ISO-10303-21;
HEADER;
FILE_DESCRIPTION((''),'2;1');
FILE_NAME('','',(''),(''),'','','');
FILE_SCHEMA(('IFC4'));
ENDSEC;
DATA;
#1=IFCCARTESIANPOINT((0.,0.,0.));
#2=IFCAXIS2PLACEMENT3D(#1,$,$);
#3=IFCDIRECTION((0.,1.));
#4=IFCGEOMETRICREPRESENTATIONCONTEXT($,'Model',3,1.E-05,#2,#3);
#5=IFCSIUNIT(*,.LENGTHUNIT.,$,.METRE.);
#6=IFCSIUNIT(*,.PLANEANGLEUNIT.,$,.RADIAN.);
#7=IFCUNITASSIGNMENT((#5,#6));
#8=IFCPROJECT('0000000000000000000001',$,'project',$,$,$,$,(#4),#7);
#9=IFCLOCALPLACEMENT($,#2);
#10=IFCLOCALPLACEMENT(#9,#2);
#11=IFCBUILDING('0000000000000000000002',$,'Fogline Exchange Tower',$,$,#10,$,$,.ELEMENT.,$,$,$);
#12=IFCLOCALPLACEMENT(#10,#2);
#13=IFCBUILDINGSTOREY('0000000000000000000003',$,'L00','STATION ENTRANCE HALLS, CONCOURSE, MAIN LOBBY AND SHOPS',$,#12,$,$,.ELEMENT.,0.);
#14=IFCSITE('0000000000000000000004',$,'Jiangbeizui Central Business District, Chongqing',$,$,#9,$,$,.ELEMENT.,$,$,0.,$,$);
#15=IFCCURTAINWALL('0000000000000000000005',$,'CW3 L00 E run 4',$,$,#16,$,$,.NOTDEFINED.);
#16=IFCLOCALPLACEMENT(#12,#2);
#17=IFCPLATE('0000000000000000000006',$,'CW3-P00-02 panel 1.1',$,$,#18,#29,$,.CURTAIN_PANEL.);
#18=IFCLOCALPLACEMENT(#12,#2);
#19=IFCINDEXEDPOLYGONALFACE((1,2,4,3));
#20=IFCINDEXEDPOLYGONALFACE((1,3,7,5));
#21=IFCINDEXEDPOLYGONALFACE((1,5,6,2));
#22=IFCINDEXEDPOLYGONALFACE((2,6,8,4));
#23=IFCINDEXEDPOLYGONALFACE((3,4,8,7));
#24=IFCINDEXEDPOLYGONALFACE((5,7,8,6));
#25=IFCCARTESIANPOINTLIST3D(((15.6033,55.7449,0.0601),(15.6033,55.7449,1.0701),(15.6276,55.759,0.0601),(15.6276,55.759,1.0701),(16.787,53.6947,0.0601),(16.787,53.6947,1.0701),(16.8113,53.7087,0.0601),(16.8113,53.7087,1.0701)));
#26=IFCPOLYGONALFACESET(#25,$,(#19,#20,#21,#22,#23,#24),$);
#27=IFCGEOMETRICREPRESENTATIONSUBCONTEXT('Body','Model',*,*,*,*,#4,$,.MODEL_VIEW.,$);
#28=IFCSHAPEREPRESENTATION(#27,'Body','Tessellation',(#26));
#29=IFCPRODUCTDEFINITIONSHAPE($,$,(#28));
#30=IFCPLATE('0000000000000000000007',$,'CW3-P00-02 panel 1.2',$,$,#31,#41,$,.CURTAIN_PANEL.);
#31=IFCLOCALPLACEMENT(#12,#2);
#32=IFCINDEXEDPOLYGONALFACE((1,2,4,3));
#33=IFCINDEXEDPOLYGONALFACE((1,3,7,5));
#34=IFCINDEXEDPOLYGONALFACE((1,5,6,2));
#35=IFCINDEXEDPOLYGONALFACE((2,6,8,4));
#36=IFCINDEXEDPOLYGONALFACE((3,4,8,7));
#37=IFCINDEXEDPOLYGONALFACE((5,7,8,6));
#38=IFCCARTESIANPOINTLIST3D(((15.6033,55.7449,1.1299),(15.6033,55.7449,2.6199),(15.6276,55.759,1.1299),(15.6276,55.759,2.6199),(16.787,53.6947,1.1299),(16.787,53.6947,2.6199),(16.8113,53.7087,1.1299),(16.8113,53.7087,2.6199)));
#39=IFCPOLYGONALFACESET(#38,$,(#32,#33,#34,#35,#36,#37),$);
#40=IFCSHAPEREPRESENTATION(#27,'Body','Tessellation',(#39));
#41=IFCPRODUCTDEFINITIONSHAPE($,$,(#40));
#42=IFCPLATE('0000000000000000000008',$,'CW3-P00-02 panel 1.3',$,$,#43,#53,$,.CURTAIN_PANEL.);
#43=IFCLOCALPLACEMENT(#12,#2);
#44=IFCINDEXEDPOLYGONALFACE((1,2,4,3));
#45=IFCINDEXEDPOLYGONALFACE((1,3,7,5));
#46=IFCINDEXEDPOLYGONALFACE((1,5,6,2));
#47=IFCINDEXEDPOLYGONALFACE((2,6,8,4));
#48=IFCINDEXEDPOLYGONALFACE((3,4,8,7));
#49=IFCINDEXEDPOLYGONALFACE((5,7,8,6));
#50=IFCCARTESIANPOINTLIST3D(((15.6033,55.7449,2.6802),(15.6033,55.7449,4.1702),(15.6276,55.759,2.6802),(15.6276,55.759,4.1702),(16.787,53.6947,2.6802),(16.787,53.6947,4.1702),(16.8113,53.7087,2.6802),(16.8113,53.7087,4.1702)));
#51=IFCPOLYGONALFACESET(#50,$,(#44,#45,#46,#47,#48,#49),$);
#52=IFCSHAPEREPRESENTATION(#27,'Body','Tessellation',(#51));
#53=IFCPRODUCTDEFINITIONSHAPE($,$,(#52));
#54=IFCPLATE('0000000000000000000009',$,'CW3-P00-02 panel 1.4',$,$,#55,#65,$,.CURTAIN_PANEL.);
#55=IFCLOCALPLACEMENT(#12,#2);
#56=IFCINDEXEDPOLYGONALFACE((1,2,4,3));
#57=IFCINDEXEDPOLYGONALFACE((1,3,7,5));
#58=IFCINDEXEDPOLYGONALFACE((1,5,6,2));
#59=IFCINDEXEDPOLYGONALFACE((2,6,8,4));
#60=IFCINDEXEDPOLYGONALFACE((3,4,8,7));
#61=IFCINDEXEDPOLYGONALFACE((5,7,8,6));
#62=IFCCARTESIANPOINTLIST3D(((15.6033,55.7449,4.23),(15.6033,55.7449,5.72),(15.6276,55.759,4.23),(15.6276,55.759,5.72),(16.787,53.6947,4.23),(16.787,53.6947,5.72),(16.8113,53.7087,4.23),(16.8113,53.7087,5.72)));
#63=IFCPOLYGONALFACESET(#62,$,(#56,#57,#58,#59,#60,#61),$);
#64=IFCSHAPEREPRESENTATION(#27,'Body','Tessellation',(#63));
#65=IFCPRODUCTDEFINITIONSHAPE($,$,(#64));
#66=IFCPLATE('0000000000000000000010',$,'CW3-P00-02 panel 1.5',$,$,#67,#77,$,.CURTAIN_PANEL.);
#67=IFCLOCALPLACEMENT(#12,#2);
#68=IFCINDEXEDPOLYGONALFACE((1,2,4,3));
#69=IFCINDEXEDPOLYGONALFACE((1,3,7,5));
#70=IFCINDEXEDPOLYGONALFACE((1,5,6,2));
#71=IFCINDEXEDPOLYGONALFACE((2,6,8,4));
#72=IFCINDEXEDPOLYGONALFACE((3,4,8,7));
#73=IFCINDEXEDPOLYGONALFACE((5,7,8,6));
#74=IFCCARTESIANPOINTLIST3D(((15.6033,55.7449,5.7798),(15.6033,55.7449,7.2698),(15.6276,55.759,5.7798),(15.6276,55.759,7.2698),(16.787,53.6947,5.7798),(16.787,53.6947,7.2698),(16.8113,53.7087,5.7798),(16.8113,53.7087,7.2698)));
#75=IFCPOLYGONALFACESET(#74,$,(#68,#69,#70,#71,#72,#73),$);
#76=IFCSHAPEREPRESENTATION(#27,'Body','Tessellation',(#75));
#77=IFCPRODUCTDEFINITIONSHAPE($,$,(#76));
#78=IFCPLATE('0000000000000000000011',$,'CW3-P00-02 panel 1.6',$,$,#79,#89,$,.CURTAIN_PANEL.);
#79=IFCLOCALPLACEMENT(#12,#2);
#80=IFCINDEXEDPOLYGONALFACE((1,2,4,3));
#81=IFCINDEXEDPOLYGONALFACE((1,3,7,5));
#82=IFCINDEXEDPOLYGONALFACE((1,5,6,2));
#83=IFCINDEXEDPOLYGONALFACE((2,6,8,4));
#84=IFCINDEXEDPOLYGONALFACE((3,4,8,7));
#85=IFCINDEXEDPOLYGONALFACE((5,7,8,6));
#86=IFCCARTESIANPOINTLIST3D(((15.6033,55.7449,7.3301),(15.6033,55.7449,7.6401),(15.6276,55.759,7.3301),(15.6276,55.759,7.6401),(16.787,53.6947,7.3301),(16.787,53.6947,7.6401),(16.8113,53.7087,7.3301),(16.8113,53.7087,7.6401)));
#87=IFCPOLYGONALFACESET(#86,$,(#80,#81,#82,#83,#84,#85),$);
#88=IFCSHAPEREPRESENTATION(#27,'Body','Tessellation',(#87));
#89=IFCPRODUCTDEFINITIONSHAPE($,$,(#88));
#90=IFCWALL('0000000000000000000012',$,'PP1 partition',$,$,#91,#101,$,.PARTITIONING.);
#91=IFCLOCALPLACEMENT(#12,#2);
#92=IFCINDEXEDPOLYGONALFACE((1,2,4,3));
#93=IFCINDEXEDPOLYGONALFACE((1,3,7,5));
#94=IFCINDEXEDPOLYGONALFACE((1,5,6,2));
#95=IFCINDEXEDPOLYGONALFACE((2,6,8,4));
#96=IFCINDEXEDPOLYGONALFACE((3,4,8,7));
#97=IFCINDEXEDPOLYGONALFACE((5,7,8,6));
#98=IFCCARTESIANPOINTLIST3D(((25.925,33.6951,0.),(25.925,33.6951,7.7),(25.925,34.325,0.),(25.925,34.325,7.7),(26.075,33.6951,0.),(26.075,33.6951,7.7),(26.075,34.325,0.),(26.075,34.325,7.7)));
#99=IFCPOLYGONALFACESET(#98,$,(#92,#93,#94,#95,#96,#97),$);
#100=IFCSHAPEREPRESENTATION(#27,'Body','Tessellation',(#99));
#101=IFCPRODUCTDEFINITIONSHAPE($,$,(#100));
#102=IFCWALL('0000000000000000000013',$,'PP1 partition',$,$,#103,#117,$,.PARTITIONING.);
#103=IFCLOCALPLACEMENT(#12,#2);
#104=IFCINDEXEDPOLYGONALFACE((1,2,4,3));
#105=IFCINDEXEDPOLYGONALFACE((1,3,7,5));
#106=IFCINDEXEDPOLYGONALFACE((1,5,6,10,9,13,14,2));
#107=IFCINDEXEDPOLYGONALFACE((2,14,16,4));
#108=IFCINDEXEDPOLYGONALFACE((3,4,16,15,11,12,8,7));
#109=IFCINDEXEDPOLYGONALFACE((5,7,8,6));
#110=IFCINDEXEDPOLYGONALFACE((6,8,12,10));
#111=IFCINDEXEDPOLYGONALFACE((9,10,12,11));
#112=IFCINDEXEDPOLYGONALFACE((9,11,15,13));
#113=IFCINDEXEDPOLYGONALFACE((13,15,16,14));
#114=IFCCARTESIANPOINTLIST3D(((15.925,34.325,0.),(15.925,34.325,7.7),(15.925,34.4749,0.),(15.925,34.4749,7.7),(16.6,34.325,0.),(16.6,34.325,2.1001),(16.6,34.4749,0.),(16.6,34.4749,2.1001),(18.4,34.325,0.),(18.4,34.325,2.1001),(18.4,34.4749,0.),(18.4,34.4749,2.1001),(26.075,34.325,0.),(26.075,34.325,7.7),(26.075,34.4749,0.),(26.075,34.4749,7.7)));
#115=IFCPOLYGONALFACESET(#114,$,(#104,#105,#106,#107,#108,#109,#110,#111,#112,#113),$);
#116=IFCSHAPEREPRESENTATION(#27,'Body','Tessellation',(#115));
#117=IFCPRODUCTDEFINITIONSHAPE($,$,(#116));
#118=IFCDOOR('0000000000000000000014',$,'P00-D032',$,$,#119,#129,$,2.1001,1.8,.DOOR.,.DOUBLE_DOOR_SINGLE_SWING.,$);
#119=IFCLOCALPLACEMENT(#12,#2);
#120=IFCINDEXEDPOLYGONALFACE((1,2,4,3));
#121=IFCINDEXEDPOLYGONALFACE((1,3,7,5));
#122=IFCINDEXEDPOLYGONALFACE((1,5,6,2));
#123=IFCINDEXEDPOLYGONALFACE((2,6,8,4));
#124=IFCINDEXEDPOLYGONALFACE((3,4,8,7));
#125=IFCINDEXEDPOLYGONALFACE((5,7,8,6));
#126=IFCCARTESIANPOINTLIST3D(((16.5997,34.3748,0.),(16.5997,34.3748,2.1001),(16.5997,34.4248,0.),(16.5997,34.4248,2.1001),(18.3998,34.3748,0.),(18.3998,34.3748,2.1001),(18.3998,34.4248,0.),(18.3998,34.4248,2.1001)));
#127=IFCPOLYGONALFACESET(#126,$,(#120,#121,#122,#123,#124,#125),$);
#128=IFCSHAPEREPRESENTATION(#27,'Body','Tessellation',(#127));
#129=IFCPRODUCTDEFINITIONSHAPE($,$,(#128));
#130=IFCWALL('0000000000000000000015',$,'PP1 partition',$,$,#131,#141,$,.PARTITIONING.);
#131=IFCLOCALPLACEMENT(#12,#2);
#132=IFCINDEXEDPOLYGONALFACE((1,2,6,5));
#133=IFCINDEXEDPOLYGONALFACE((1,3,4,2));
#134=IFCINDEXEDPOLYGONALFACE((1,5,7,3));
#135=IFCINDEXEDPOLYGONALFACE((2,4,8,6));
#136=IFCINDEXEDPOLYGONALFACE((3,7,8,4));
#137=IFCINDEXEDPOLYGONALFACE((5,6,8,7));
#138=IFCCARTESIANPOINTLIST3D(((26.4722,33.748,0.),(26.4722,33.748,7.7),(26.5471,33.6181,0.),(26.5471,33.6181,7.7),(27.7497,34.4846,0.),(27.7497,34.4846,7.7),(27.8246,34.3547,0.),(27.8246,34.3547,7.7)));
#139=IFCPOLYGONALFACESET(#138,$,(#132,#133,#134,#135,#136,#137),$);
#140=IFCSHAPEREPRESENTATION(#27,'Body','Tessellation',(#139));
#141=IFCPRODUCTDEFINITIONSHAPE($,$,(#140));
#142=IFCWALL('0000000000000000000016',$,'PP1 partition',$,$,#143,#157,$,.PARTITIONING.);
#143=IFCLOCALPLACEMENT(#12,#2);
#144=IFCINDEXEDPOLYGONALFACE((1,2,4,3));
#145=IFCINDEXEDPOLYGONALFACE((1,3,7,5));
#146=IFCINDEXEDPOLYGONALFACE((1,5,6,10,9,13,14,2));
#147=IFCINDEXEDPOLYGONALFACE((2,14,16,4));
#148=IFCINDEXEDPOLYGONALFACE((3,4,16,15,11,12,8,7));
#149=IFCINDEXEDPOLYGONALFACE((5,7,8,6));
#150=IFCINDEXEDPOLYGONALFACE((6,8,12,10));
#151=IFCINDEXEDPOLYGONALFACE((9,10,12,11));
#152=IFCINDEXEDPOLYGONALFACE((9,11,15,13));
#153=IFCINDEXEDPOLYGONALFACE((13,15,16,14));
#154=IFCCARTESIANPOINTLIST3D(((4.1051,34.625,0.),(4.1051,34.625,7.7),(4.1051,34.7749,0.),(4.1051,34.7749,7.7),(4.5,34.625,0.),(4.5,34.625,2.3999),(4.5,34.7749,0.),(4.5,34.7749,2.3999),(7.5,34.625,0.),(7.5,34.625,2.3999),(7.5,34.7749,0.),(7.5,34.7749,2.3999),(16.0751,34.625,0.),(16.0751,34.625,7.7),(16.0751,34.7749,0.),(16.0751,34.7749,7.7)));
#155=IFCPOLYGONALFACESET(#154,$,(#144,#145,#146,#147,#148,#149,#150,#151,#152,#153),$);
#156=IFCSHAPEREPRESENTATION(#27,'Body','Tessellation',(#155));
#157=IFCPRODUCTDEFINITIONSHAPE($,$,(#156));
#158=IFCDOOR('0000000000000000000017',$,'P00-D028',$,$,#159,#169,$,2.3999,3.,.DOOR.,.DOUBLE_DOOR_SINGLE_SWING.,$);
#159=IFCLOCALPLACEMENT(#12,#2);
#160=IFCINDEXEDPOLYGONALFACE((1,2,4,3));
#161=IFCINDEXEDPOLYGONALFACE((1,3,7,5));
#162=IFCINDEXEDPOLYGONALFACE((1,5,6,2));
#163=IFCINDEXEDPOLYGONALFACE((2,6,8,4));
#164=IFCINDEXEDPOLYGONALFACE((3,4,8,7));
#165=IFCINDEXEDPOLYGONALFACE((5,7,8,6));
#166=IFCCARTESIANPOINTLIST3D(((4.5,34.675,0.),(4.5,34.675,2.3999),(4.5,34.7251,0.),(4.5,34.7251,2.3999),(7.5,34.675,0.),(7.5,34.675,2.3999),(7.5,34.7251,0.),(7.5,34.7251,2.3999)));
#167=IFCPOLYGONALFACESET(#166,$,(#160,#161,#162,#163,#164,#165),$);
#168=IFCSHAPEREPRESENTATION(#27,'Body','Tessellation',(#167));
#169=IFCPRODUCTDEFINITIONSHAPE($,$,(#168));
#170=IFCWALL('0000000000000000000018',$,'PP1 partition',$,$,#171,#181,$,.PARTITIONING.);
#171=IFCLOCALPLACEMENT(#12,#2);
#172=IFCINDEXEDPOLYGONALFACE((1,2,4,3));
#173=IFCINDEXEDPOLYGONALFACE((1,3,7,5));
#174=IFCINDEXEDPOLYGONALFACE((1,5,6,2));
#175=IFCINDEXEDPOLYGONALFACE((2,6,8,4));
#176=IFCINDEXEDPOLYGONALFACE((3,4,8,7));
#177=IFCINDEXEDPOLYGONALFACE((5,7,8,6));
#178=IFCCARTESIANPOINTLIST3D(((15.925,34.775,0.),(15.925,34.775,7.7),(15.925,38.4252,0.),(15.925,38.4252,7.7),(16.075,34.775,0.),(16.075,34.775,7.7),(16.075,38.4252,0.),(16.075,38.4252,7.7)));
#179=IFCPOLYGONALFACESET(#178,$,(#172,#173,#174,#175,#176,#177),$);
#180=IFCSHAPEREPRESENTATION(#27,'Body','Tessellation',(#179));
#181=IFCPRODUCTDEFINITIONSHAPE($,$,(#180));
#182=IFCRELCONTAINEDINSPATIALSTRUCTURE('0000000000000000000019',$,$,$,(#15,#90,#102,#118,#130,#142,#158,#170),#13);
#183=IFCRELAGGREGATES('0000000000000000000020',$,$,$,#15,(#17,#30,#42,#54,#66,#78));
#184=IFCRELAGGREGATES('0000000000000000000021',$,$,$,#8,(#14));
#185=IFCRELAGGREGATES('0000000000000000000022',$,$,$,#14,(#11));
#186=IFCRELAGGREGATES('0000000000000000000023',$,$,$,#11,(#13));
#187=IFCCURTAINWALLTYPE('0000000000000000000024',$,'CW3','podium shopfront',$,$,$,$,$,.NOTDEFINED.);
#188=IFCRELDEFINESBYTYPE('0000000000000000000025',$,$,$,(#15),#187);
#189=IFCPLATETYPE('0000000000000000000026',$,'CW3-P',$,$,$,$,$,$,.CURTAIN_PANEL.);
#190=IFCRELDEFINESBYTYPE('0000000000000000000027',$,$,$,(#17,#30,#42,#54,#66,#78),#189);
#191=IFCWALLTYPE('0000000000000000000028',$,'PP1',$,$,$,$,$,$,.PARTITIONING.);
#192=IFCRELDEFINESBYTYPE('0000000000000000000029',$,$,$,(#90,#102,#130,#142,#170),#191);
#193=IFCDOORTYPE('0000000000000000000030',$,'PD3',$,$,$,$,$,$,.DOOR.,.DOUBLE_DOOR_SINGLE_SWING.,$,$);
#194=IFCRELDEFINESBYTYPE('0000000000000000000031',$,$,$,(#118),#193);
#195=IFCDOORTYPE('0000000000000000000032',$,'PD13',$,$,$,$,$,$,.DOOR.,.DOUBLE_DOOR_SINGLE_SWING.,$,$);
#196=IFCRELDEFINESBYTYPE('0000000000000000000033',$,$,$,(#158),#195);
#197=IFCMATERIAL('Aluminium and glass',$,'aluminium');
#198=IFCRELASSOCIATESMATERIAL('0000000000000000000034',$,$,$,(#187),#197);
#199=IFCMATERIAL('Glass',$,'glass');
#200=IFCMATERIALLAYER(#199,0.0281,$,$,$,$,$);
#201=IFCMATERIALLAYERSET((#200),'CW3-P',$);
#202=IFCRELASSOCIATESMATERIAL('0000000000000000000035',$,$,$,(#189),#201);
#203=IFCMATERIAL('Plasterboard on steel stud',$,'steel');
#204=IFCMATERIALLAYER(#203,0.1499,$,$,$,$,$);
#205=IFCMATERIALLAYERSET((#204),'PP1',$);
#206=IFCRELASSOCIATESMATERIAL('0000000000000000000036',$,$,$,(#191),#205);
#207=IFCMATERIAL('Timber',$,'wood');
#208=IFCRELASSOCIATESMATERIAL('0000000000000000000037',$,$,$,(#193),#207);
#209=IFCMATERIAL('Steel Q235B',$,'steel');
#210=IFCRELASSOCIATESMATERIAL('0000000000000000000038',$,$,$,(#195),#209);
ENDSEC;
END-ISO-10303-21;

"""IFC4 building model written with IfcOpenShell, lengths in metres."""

from ifc_helpers import new_model, si_unit, direction, frame, frame_2d, origin, origin_2d, place, context, subcontext, project, spatial, rectangle, extrude, material, layer, layer_set, type_object, element, fill, aggregate, save


model = new_model("IFC4")

# Units and contexts
model_context = context("Model", 3, precision=1e-05, world=origin(), true_north=direction((0.0, 1.0)))
body_context = subcontext(model_context, "Body", "Model", "MODEL_VIEW")
ifc_project = project(units=[si_unit("LENGTHUNIT", "METRE"), si_unit("PLANEANGLEUNIT", "RADIAN")], contexts=[model_context])

# Site, building, storey
site_placement = place(None, origin())
site = spatial("IfcSite", under=ifc_project, at=site_placement, Name="Jiangbeizui Central Business District, Chongqing", CompositionType="ELEMENT", RefElevation=0.0)
building_placement = place(site_placement, origin())
building = spatial("IfcBuilding", under=site, at=building_placement, Name="Fogline Exchange Tower", CompositionType="ELEMENT")
storey_placement = place(building_placement, origin())
storey = spatial("IfcBuildingStorey", under=building, at=storey_placement, Name="L00", Description="STATION ENTRANCE HALLS, CONCOURSE, MAIN LOBBY AND SHOPS", CompositionType="ELEMENT", Elevation=0.0)

# Curtain wall, plates
ifc_material_1 = material(Name="Aluminium and glass", Category="aluminium")
curtain_wall_type = type_object("IfcCurtainWallType", Name="CW3", Description="podium shopfront", PredefinedType="NOTDEFINED", material=ifc_material_1)
curtain_wall_placement = place(storey_placement, origin())
curtain_wall = element("IfcCurtainWall", 1, at=curtain_wall_placement, inside=storey, type_object=curtain_wall_type, Name="CW3 L00 E run 4", PredefinedType="NOTDEFINED")
ifc_material_2 = material(Name="Glass", Category="glass")
ifc_layer_1 = layer(ifc_material_2, 0.0281)
ifc_layer_set_1 = layer_set([ifc_layer_1], Name="CW3-P")
plate_type = type_object("IfcPlateType", Name="CW3-P", PredefinedType="CURTAIN_PANEL", material=ifc_layer_set_1)
plate_1_placement = place(storey_placement, frame((16.2073, 54.7268, 0.0601), z_axis=(0.0, 0.0, 1.0), x_axis=(-0.499999, 0.866026, 0.0)))
plate_1 = element("IfcPlate", 2, at=plate_1_placement, type_object=plate_type, Name="CW3-P00-02 panel 1.1", PredefinedType="CURTAIN_PANEL", context=body_context, shape_type="SweptSolid", body=[
    extrude(rectangle(XDim=2.3674, YDim=0.0281, at=origin_2d()), origin(), (0.0, 0.0, 1.0), 1.01),
])
plate_2_placement = place(storey_placement, frame((16.2073, 54.7268, 1.1299), z_axis=(0.0, 0.0, 1.0), x_axis=(-0.499999, 0.866026, 0.0)))
plate_2 = element("IfcPlate", 3, at=plate_2_placement, type_object=plate_type, Name="CW3-P00-02 panel 1.2", PredefinedType="CURTAIN_PANEL", context=body_context, shape_type="SweptSolid", body=[
    extrude(rectangle(XDim=2.3674, YDim=0.0281, at=origin_2d()), origin(), (0.0, 0.0, 1.0), 1.49),
])
plate_3_placement = place(storey_placement, frame((16.2073, 54.7268, 2.6802), z_axis=(0.0, 0.0, 1.0), x_axis=(-0.499999, 0.866026, 0.0)))
plate_3 = element("IfcPlate", 4, at=plate_3_placement, type_object=plate_type, Name="CW3-P00-02 panel 1.3", PredefinedType="CURTAIN_PANEL", context=body_context, shape_type="SweptSolid", body=[
    extrude(rectangle(XDim=2.3674, YDim=0.0281, at=origin_2d()), origin(), (0.0, 0.0, 1.0), 1.49),
])
plate_4_placement = place(storey_placement, frame((16.2073, 54.7268, 4.23), z_axis=(0.0, 0.0, 1.0), x_axis=(-0.499999, 0.866026, 0.0)))
plate_4 = element("IfcPlate", 5, at=plate_4_placement, type_object=plate_type, Name="CW3-P00-02 panel 1.4", PredefinedType="CURTAIN_PANEL", context=body_context, shape_type="SweptSolid", body=[
    extrude(rectangle(XDim=2.3674, YDim=0.0281, at=origin_2d()), origin(), (0.0, 0.0, 1.0), 1.49),
])
plate_5_placement = place(storey_placement, frame((16.2073, 54.7268, 5.7798), z_axis=(0.0, 0.0, 1.0), x_axis=(-0.499999, 0.866026, 0.0)))
plate_5 = element("IfcPlate", 6, at=plate_5_placement, type_object=plate_type, Name="CW3-P00-02 panel 1.5", PredefinedType="CURTAIN_PANEL", context=body_context, shape_type="SweptSolid", body=[
    extrude(rectangle(XDim=2.3674, YDim=0.0281, at=origin_2d()), origin(), (0.0, 0.0, 1.0), 1.49),
])
plate_6_placement = place(storey_placement, frame((16.2073, 54.7268, 7.3301), z_axis=(0.0, 0.0, 1.0), x_axis=(-0.499999, 0.866026, 0.0)))
plate_6 = element("IfcPlate", 7, at=plate_6_placement, type_object=plate_type, Name="CW3-P00-02 panel 1.6", PredefinedType="CURTAIN_PANEL", context=body_context, shape_type="SweptSolid", body=[
    extrude(rectangle(XDim=2.3674, YDim=0.0281, at=origin_2d()), origin(), (0.0, 0.0, 1.0), 0.3101),
])
aggregate(curtain_wall, [plate_1, plate_2, plate_3, plate_4, plate_5, plate_6])

# Wall
ifc_material_3 = material(Name="Plasterboard on steel stud", Category="steel")
ifc_layer_2 = layer(ifc_material_3, 0.1499)
ifc_layer_set_2 = layer_set([ifc_layer_2], Name="PP1")
wall_type_1 = type_object("IfcWallType", Name="PP1", PredefinedType="PARTITIONING", material=ifc_layer_set_2)
wall_1_placement = place(storey_placement, frame((26.0, 33.6951, 0.0), z_axis=(0.0, 0.0, 1.0), x_axis=(0.0, 1.0, 0.0)))
element("IfcWall", 8, at=wall_1_placement, inside=storey, type_object=wall_type_1, Name="PP1 partition", PredefinedType="PARTITIONING", context=body_context, shape_type="SweptSolid", body=[
    extrude(rectangle(XDim=0.6299, YDim=0.1499, at=frame_2d((0.3149, 0.0))), origin(), (0.0, 0.0, 1.0), 7.7),
])

# Wall, opening, door
wall_2_placement = place(storey_placement, frame((26.075, 34.3999, 0.0), z_axis=(0.0, 0.0, 1.0), x_axis=(-1.0, 0.0, 0.0)))
wall_2 = element("IfcWall", 9, at=wall_2_placement, inside=storey, type_object=wall_type_1, Name="PP1 partition", PredefinedType="PARTITIONING", context=body_context, shape_type="SweptSolid", body=[
    extrude(rectangle(XDim=10.1499, YDim=0.1499, at=frame_2d((5.075, 0.0))), origin(), (0.0, 0.0, 1.0), 7.7),
])
opening_1_placement = place(wall_2_placement, frame((7.675, 0.0, 0.0)))
opening_1 = element("IfcOpeningElement", 10, at=opening_1_placement, cuts=wall_2, PredefinedType="OPENING", context=body_context, shape_type="SweptSolid", body=[
    extrude(rectangle(XDim=1.8, YDim=2.1001, at=frame_2d((0.8999, 1.05))), frame((0.0, 0.085, 0.0), z_axis=(0.0, -1.0, 0.0), x_axis=(1.0, 0.0, 0.0)), (0.0, 0.0, 1.0), 0.1699),
])
ifc_material_4 = material(Name="Timber", Category="wood")
door_type_1 = type_object("IfcDoorType", Name="PD3", OperationType="DOUBLE_DOOR_SINGLE_SWING", PredefinedType="DOOR", material=ifc_material_4)
door_1_placement = place(opening_1_placement, frame((1.8, 0.0, 0.0), z_axis=(0.0, 0.0, 1.0), x_axis=(-1.0, 0.0, 0.0)))
door_1 = element("IfcDoor", 11, at=door_1_placement, inside=storey, type_object=door_type_1, Name="P00-D032", OperationType="DOUBLE_DOOR_SINGLE_SWING", OverallHeight=2.1001, OverallWidth=1.8, PredefinedType="DOOR", context=body_context, shape_type="SweptSolid", body=[
    extrude(rectangle(XDim=1.8, YDim=2.1001, at=frame_2d((0.8999, 1.05))), frame((0.0, 0.0249, 0.0), z_axis=(0.0, -1.0, 0.0), x_axis=(1.0, 0.0, 0.0)), (0.0, 0.0, 1.0), 0.05),
])
fill(opening_1, door_1)

# Wall
wall_3_placement = place(storey_placement, frame((27.7871, 34.4197, 0.0), z_axis=(0.0, 0.0, 1.0), x_axis=(-0.86629, -0.499541, 0.0)))
element("IfcWall", 12, at=wall_3_placement, inside=storey, type_object=wall_type_1, Name="PP1 partition", PredefinedType="PARTITIONING", context=body_context, shape_type="SweptSolid", body=[
    extrude(rectangle(XDim=1.4746, YDim=0.1499, at=frame_2d((0.7373, 0.0))), origin(), (0.0, 0.0, 1.0), 7.7),
])

# Wall, opening, door
wall_4_placement = place(storey_placement, frame((16.075, 34.7, 0.0), z_axis=(0.0, 0.0, 1.0), x_axis=(-1.0, 0.0, 0.0)))
wall_4 = element("IfcWall", 13, at=wall_4_placement, inside=storey, type_object=wall_type_1, Name="PP1 partition", PredefinedType="PARTITIONING", context=body_context, shape_type="SweptSolid", body=[
    extrude(rectangle(XDim=11.97, YDim=0.1499, at=frame_2d((5.9849, 0.0))), origin(), (0.0, 0.0, 1.0), 7.7),
])
opening_2_placement = place(wall_4_placement, frame((8.575, 0.0, 0.0)))
opening_2 = element("IfcOpeningElement", 14, at=opening_2_placement, cuts=wall_4, PredefinedType="OPENING", context=body_context, shape_type="SweptSolid", body=[
    extrude(rectangle(XDim=3.0, YDim=2.3999, at=frame_2d((1.5, 1.2))), frame((0.0, 0.085, 0.0), z_axis=(0.0, -1.0, 0.0), x_axis=(1.0, 0.0, 0.0)), (0.0, 0.0, 1.0), 0.1699),
])
ifc_material_5 = material(Name="Steel Q235B", Category="steel")
door_type_2 = type_object("IfcDoorType", Name="PD13", OperationType="DOUBLE_DOOR_SINGLE_SWING", PredefinedType="DOOR", material=ifc_material_5)
door_2_placement = place(opening_2_placement, origin())
door_2 = element("IfcDoor", 15, at=door_2_placement, inside=storey, type_object=door_type_2, Name="P00-D028", OperationType="DOUBLE_DOOR_SINGLE_SWING", OverallHeight=2.3999, OverallWidth=3.0, PredefinedType="DOOR", context=body_context, shape_type="SweptSolid", body=[
    extrude(rectangle(XDim=3.0, YDim=2.3999, at=frame_2d((1.5, 1.2))), frame((0.0, 0.0249, 0.0), z_axis=(0.0, -1.0, 0.0), x_axis=(1.0, 0.0, 0.0)), (0.0, 0.0, 1.0), 0.05),
])
fill(opening_2, door_2)

# Wall
wall_5_placement = place(storey_placement, frame((16.0, 34.7749, 0.0), z_axis=(0.0, 0.0, 1.0), x_axis=(0.0, 1.0, 0.0)))
element("IfcWall", 16, at=wall_5_placement, inside=storey, type_object=wall_type_1, Name="PP1 partition", PredefinedType="PARTITIONING", context=body_context, shape_type="SweptSolid", body=[
    extrude(rectangle(XDim=3.6501, YDim=0.1499, at=frame_2d((1.8252, 0.0))), origin(), (0.0, 0.0, 1.0), 7.7),
])

save(model, "model.ifc")
